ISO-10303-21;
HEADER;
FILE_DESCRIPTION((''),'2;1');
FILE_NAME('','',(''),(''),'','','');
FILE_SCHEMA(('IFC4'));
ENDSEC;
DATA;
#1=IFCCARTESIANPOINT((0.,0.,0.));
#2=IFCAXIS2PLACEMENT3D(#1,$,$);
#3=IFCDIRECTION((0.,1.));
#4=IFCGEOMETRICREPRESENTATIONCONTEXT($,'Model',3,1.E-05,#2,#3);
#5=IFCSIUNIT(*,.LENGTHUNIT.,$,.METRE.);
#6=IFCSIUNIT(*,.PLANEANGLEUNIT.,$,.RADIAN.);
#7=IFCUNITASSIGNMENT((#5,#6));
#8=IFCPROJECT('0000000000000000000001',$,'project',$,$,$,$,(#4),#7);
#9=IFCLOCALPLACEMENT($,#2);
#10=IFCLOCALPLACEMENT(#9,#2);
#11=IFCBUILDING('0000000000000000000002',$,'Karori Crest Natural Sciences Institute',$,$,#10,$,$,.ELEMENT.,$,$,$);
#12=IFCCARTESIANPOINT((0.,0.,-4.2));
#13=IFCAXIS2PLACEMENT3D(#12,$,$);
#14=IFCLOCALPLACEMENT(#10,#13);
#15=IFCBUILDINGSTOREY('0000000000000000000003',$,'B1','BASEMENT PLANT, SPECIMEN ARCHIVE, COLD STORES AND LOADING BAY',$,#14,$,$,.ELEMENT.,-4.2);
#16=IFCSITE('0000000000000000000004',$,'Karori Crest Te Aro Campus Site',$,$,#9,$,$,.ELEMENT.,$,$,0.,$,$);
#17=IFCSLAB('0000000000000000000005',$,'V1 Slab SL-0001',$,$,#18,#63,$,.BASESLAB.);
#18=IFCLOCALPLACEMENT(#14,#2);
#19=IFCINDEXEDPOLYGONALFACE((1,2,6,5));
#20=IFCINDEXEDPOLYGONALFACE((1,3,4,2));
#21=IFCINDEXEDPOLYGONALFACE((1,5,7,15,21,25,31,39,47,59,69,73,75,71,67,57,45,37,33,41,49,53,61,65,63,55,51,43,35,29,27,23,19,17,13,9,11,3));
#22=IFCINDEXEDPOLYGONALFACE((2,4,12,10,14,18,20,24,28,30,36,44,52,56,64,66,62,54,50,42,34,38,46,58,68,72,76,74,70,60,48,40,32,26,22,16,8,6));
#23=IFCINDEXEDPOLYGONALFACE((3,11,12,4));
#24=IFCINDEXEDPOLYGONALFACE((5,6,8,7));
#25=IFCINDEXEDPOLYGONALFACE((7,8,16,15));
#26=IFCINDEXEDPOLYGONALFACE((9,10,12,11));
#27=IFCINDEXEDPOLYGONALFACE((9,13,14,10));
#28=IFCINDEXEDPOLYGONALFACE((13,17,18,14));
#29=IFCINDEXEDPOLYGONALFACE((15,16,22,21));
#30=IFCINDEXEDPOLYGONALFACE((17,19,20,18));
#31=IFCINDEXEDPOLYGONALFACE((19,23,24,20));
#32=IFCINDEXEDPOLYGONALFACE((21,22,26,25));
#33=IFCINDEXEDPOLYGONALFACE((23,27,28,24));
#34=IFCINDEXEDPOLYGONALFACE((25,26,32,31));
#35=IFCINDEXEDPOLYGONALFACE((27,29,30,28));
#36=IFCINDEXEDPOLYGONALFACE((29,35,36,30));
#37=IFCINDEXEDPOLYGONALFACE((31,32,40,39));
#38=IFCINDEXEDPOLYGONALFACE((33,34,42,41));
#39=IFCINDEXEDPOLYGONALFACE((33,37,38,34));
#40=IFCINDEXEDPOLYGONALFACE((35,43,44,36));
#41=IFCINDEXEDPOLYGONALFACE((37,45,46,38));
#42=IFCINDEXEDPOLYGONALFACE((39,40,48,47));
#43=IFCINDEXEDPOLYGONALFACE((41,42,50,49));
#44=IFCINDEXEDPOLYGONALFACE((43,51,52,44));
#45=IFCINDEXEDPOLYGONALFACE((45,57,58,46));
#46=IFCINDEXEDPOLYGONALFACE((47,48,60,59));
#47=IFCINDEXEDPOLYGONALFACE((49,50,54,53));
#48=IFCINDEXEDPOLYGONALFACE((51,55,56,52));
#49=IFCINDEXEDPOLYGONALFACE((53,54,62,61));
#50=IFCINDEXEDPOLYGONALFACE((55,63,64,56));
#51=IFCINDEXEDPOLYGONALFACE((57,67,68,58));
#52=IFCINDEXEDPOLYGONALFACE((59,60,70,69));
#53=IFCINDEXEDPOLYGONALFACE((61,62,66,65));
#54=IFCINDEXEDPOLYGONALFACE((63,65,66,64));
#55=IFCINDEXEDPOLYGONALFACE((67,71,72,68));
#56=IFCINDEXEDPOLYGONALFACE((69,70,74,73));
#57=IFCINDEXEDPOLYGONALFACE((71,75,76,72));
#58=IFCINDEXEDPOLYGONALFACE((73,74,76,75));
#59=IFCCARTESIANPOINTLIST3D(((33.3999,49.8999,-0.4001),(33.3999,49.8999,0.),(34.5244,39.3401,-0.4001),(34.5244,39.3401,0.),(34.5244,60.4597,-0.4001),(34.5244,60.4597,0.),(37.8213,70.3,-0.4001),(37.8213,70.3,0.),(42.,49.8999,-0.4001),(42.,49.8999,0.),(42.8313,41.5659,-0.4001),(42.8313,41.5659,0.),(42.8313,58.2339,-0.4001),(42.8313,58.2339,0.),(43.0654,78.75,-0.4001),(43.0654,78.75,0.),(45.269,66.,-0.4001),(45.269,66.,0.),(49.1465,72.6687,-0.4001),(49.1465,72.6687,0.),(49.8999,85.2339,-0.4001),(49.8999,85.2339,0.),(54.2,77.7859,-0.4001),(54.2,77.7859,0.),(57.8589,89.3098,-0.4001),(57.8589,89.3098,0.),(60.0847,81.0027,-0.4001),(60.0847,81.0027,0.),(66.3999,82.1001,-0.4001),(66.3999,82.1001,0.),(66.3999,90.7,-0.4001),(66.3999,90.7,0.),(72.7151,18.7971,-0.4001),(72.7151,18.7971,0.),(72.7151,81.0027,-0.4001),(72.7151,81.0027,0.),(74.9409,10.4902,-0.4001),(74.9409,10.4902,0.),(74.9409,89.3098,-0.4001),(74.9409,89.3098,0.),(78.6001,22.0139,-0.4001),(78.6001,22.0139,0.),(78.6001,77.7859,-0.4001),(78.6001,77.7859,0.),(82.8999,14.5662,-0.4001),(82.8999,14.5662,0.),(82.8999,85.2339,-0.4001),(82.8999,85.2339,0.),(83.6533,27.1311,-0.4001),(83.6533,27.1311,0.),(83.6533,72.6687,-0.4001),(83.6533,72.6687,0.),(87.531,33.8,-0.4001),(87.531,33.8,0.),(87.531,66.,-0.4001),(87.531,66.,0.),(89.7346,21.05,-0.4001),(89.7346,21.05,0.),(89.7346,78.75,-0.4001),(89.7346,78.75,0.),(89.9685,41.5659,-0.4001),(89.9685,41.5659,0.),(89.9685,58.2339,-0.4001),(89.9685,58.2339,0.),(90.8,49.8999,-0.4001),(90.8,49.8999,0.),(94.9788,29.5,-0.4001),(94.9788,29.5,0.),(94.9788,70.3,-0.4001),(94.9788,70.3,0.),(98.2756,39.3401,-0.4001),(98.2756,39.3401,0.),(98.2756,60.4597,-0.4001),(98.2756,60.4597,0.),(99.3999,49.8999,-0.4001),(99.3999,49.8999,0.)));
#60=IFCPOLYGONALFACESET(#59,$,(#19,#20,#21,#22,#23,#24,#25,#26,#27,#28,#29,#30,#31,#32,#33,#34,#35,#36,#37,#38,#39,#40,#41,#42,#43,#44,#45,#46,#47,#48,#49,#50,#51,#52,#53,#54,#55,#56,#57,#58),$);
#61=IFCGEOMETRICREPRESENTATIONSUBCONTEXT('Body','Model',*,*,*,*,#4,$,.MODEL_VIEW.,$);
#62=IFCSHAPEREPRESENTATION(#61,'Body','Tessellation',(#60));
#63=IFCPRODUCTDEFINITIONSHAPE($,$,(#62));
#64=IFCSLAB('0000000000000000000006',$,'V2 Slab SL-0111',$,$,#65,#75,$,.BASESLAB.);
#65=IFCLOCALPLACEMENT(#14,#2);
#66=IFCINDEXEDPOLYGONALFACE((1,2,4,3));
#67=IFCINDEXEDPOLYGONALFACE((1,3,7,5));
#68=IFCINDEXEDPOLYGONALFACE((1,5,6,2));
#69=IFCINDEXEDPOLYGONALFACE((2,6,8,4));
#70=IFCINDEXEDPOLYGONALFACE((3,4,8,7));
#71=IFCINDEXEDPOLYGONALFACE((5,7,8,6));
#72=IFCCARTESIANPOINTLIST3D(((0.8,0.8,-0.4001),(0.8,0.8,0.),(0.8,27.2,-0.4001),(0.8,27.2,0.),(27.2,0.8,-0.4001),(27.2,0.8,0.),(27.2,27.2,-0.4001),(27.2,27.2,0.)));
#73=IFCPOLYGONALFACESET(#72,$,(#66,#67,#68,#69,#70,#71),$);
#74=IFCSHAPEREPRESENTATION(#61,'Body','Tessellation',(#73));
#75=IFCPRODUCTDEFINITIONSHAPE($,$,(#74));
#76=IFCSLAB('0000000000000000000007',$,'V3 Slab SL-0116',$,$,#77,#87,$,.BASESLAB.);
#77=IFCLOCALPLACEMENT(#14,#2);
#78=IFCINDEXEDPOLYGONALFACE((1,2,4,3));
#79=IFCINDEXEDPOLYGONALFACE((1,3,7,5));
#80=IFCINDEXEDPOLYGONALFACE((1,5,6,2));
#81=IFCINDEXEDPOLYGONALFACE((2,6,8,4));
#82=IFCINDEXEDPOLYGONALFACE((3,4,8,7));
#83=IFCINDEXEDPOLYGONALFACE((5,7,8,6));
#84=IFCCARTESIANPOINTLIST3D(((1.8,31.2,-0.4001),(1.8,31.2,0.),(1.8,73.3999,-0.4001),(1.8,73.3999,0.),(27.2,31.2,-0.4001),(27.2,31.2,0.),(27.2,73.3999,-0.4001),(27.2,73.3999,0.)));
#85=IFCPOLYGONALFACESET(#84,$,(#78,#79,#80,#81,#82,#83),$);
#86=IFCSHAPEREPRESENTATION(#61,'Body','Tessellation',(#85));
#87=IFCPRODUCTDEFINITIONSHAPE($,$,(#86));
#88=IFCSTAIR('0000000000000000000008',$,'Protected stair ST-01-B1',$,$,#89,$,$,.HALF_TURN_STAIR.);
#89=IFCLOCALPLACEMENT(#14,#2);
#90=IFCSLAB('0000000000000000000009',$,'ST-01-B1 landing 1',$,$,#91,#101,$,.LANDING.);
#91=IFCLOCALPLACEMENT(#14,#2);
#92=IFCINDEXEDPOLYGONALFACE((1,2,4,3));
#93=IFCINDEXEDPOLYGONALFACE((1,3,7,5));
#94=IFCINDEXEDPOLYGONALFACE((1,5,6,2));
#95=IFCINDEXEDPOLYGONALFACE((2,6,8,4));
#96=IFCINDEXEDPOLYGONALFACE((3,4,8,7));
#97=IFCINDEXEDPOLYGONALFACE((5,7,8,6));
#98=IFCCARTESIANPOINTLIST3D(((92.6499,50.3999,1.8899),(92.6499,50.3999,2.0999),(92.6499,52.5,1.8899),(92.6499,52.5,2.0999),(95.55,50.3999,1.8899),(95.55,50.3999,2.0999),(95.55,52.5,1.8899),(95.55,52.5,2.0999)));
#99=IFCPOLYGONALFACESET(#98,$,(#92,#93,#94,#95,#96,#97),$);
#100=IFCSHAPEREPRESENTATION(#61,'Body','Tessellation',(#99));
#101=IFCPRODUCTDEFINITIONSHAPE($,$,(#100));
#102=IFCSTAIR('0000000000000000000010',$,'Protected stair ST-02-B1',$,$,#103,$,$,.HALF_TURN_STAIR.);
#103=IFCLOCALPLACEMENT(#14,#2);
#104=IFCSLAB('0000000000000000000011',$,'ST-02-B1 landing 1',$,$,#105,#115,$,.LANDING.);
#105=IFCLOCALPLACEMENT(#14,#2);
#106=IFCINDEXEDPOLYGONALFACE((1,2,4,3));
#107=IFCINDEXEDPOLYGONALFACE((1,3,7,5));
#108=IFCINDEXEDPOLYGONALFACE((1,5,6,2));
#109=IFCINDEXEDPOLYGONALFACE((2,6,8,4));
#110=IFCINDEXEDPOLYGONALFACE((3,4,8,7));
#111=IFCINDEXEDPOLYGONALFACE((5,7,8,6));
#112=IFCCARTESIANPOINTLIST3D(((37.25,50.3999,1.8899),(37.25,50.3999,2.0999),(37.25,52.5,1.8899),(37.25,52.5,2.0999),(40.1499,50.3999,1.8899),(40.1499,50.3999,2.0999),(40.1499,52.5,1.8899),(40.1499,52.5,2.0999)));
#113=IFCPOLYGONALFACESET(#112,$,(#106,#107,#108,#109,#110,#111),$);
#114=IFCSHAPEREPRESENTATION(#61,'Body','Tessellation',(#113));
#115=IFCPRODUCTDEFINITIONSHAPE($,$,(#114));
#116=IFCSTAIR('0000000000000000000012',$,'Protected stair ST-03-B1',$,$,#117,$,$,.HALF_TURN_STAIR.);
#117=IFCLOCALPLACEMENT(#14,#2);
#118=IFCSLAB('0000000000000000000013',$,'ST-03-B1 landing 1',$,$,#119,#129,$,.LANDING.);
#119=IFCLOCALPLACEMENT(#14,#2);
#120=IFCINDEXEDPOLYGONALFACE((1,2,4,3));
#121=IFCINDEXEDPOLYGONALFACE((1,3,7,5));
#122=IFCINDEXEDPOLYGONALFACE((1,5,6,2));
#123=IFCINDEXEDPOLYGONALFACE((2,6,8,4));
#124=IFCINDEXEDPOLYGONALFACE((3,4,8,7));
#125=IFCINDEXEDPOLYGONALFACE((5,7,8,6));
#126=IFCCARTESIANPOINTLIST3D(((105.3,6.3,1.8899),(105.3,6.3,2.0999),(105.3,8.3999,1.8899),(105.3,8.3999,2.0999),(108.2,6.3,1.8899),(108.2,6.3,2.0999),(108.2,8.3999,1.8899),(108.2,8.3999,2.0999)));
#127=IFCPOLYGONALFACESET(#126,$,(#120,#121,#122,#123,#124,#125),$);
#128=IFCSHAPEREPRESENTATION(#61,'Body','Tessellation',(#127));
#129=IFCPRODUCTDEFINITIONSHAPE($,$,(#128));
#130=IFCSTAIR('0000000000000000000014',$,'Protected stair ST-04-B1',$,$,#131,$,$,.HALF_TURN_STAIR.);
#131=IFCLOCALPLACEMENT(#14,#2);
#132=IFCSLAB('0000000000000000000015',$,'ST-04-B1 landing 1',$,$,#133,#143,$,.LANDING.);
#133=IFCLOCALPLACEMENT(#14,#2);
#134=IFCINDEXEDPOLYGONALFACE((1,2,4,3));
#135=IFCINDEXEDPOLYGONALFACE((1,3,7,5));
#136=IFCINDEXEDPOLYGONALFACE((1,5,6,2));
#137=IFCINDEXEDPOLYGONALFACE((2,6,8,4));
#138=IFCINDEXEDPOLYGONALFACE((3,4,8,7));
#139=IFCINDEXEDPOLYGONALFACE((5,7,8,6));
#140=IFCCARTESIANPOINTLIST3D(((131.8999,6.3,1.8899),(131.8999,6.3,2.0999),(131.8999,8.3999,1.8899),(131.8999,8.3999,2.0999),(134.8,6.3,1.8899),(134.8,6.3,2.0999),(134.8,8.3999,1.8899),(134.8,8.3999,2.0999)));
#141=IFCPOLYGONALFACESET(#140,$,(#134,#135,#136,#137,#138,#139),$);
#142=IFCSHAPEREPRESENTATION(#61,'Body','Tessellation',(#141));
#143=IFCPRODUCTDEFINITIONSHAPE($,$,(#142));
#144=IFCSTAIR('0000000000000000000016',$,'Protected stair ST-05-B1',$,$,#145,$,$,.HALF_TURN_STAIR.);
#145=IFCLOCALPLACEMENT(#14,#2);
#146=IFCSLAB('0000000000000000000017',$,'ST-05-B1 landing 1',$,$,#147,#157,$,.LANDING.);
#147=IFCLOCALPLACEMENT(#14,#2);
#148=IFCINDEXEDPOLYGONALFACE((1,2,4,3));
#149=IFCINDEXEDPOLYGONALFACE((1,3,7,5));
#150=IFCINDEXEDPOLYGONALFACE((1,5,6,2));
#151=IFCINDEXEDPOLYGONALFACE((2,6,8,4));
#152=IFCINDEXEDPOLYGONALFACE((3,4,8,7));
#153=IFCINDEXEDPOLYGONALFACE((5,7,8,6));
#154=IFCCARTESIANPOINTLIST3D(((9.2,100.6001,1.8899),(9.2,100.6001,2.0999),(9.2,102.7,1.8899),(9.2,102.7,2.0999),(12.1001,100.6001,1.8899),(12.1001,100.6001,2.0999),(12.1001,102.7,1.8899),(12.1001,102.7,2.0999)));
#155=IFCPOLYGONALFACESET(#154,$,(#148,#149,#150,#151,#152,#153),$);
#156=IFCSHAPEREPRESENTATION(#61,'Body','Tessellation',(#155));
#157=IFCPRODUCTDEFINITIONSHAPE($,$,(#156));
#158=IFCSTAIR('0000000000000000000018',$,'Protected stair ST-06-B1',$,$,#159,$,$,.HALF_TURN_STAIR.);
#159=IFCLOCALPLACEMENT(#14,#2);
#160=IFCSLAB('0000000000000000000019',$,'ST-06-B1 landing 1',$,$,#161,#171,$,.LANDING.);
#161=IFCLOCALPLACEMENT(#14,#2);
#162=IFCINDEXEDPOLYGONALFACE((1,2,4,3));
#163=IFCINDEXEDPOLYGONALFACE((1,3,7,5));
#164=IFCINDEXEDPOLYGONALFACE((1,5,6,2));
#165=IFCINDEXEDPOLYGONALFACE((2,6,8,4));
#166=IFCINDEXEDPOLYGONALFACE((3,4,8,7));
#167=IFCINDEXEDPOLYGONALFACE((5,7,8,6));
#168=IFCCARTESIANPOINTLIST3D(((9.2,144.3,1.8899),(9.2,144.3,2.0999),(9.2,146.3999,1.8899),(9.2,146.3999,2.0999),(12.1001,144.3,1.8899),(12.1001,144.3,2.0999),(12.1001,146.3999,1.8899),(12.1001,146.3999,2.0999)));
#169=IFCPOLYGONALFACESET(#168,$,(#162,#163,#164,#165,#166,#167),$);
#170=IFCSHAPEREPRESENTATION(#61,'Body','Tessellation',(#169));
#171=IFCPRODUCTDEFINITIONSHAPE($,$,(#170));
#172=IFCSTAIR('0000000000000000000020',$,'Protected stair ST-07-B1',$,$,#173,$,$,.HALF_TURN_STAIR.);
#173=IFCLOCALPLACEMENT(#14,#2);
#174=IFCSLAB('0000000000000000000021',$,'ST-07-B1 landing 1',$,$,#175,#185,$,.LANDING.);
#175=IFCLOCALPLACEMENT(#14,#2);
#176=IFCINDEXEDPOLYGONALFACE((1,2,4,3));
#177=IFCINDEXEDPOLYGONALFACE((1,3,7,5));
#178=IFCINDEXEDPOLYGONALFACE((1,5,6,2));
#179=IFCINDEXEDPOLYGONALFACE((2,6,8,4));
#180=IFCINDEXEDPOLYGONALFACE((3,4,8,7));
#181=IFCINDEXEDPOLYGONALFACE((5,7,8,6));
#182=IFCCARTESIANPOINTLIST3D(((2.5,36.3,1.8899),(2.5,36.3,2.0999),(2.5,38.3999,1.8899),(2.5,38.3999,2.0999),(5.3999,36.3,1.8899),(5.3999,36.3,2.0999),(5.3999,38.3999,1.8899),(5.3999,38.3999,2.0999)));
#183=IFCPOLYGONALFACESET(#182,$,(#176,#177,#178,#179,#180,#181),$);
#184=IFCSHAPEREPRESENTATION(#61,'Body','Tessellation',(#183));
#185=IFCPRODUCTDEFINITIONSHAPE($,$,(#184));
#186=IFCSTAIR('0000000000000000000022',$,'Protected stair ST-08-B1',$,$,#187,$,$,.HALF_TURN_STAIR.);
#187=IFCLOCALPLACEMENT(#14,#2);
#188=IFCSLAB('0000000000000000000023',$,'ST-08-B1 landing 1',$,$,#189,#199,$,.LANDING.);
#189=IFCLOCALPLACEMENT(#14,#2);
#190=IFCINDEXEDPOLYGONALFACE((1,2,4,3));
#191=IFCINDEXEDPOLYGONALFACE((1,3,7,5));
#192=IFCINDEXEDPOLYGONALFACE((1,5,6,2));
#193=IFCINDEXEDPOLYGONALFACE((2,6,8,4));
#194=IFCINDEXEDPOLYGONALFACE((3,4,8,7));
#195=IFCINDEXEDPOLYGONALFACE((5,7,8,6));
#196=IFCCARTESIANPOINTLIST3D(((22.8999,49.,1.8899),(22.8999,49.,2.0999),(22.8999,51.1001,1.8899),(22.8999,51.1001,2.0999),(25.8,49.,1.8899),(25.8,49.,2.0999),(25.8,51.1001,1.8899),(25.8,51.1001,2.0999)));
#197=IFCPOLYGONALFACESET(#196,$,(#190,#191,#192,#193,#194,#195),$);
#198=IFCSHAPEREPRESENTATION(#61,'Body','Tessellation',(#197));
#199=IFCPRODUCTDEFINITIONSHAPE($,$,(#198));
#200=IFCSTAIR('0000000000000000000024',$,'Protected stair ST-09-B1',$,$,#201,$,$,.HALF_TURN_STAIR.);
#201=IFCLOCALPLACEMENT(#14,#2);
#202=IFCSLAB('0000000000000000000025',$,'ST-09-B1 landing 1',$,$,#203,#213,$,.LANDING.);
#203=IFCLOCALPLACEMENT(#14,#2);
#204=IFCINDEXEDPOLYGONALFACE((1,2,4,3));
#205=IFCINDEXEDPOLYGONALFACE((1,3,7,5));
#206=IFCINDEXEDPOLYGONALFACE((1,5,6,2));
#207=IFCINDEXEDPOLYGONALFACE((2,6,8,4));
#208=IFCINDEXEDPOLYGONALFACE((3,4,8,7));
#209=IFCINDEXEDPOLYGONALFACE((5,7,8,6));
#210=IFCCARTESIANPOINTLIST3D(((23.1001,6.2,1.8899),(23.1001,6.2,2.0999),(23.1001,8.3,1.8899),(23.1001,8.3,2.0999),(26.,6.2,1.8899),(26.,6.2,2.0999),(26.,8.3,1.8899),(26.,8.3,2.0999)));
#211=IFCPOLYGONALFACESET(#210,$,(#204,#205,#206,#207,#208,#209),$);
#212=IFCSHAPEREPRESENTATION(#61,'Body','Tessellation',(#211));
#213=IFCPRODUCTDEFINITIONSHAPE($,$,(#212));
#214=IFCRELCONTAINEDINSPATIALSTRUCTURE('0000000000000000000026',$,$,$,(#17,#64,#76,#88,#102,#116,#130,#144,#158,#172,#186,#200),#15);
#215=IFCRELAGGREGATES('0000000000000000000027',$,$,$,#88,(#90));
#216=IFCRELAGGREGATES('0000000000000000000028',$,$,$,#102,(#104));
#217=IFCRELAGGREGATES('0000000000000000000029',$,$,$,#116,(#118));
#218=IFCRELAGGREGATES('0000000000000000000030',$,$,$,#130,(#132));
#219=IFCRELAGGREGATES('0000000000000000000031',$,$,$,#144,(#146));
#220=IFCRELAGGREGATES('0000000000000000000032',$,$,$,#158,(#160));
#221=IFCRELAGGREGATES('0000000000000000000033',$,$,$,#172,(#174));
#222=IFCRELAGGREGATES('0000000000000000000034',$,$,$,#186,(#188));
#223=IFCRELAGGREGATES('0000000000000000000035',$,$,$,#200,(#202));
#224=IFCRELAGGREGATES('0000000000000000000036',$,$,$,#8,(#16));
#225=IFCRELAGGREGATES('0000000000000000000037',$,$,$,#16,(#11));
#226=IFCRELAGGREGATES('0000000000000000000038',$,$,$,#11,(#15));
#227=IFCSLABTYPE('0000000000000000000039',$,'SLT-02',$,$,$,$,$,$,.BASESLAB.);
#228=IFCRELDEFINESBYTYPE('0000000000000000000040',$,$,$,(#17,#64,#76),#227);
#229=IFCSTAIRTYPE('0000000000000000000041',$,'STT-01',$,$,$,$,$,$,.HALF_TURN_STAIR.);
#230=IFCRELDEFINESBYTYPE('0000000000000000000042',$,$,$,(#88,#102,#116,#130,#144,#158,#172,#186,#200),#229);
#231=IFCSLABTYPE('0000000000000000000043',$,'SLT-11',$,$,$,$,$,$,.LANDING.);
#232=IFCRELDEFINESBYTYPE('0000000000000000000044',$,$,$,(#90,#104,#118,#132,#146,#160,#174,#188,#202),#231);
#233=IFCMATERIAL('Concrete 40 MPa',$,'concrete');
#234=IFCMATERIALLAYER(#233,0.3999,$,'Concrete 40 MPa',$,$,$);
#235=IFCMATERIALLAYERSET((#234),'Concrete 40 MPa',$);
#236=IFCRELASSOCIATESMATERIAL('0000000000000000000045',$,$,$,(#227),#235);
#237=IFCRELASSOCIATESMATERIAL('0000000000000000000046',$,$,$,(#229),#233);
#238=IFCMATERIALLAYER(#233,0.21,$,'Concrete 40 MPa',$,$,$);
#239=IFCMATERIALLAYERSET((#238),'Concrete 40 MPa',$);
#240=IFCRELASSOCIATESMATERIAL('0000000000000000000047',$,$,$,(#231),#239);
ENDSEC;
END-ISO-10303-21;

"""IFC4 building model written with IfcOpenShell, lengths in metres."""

from ifc_helpers import new_model, si_unit, direction, frame, origin, place, context, subcontext, project, spatial, polyline, outline, extrude, material, layer, layer_set, type_object, element, aggregate, save


model = new_model("IFC4")

# Units and contexts
model_context = context("Model", 3, precision=1e-05, world=origin(), true_north=direction((0.0, 1.0)))
body_context = subcontext(model_context, "Body", "Model", "MODEL_VIEW")
ifc_project = project(units=[si_unit("LENGTHUNIT", "METRE"), si_unit("PLANEANGLEUNIT", "RADIAN")], contexts=[model_context])

# Site, building, storey
site_placement = place(None, origin())
site = spatial("IfcSite", under=ifc_project, at=site_placement, Name="Karori Crest Te Aro Campus Site", CompositionType="ELEMENT", RefElevation=0.0)
building_placement = place(site_placement, origin())
building = spatial("IfcBuilding", under=site, at=building_placement, Name="Karori Crest Natural Sciences Institute", CompositionType="ELEMENT")
storey_placement = place(building_placement, frame((0.0, 0.0, -4.2)))
storey = spatial("IfcBuildingStorey", under=building, at=storey_placement, Name="B1", Description="BASEMENT PLANT, SPECIMEN ARCHIVE, COLD STORES AND LOADING BAY", CompositionType="ELEMENT", Elevation=-4.2)

# Shared definitions
ifc_material_1 = material(Name="Concrete 40 MPa", Category="concrete")

# Slabs
ifc_layer_1 = layer(ifc_material_1, 0.3999, Name="Concrete 40 MPa")
ifc_layer_set_1 = layer_set([ifc_layer_1], Name="Concrete 40 MPa")
slab_type_1 = type_object("IfcSlabType", Name="SLT-02", PredefinedType="BASESLAB", material=ifc_layer_set_1)
slab_1_placement = place(storey_placement, frame((0.0, 0.0, -0.4001)))
element("IfcSlab", 1, at=slab_1_placement, inside=storey, type_object=slab_type_1, Name="V1 Slab SL-0001", PredefinedType="BASESLAB", context=body_context, shape_type="SweptSolid", body=[
    extrude(outline(polyline([(74.9409, 10.4902), (82.8999, 14.5662), (89.7346, 21.05), (94.9788, 29.5), (98.2756, 39.3401), (99.3999, 49.8999), (98.2756, 60.4597), (94.9788, 70.3), (89.7346, 78.75), (82.8999, 85.2339), (74.9409, 89.3098), (66.3999, 90.7), (57.8589, 89.3098), (49.8999, 85.2339), (43.0654, 78.75), (37.8213, 70.3), (34.5244, 60.4597), (33.3999, 49.8999), (34.5244, 39.3401), (42.8313, 41.5659), (42.0, 49.8999), (42.8313, 58.2339), (45.269, 66.0), (49.1465, 72.6687), (54.2, 77.7859), (60.0847, 81.0027), (66.3999, 82.1001), (72.7151, 81.0027), (78.6001, 77.7859), (83.6533, 72.6687), (87.531, 66.0), (89.9685, 58.2339), (90.8, 49.8999), (89.9685, 41.5659), (87.531, 33.8), (83.6533, 27.1311), (78.6001, 22.0139), (72.7151, 18.7971), (74.9409, 10.4902)])), origin(), (0.0, 0.0, 1.0), 0.4001),
])
slab_2_placement = place(storey_placement, frame((0.0, 0.0, -0.4001)))
element("IfcSlab", 2, at=slab_2_placement, inside=storey, type_object=slab_type_1, Name="V2 Slab SL-0111", PredefinedType="BASESLAB", context=body_context, shape_type="SweptSolid", body=[
    extrude(outline(polyline([(0.8, 0.8), (27.2, 0.8), (27.2, 27.2), (0.8, 27.2), (0.8, 0.8)])), origin(), (0.0, 0.0, 1.0), 0.4001),
])
slab_3_placement = place(storey_placement, frame((0.0, 0.0, -0.4001)))
element("IfcSlab", 3, at=slab_3_placement, inside=storey, type_object=slab_type_1, Name="V3 Slab SL-0116", PredefinedType="BASESLAB", context=body_context, shape_type="SweptSolid", body=[
    extrude(outline(polyline([(1.8, 31.2), (27.2, 31.2), (27.2, 73.3999), (1.8, 73.3999), (1.8, 31.2)])), origin(), (0.0, 0.0, 1.0), 0.4001),
])

# Stairs, slabs
stair_type = type_object("IfcStairType", Name="STT-01", PredefinedType="HALF_TURN_STAIR", material=ifc_material_1)
stair_1_placement = place(storey_placement, origin())
stair_1 = element("IfcStair", 4, at=stair_1_placement, inside=storey, type_object=stair_type, Name="Protected stair ST-01-B1", PredefinedType="HALF_TURN_STAIR")
ifc_layer_2 = layer(ifc_material_1, 0.21, Name="Concrete 40 MPa")
ifc_layer_set_2 = layer_set([ifc_layer_2], Name="Concrete 40 MPa")
slab_type_2 = type_object("IfcSlabType", Name="SLT-11", PredefinedType="LANDING", material=ifc_layer_set_2)
slab_4_placement = place(storey_placement, frame((0.0, 0.0, 1.8899)))
slab_4 = element("IfcSlab", 5, at=slab_4_placement, type_object=slab_type_2, Name="ST-01-B1 landing 1", PredefinedType="LANDING", context=body_context, shape_type="SweptSolid", body=[
    extrude(outline(polyline([(95.55, 50.3999), (95.55, 52.5), (92.6499, 52.5), (92.6499, 50.3999), (95.55, 50.3999)])), origin(), (0.0, 0.0, 1.0), 0.21),
])
aggregate(stair_1, [slab_4])
stair_2_placement = place(storey_placement, origin())
stair_2 = element("IfcStair", 6, at=stair_2_placement, inside=storey, type_object=stair_type, Name="Protected stair ST-02-B1", PredefinedType="HALF_TURN_STAIR")
slab_5_placement = place(storey_placement, frame((0.0, 0.0, 1.8899)))
slab_5 = element("IfcSlab", 7, at=slab_5_placement, type_object=slab_type_2, Name="ST-02-B1 landing 1", PredefinedType="LANDING", context=body_context, shape_type="SweptSolid", body=[
    extrude(outline(polyline([(40.1499, 50.3999), (40.1499, 52.5), (37.25, 52.5), (37.25, 50.3999), (40.1499, 50.3999)])), origin(), (0.0, 0.0, 1.0), 0.21),
])
aggregate(stair_2, [slab_5])
stair_3_placement = place(storey_placement, origin())
stair_3 = element("IfcStair", 8, at=stair_3_placement, inside=storey, type_object=stair_type, Name="Protected stair ST-03-B1", PredefinedType="HALF_TURN_STAIR")
slab_6_placement = place(storey_placement, frame((0.0, 0.0, 1.8899)))
slab_6 = element("IfcSlab", 9, at=slab_6_placement, type_object=slab_type_2, Name="ST-03-B1 landing 1", PredefinedType="LANDING", context=body_context, shape_type="SweptSolid", body=[
    extrude(outline(polyline([(108.2, 6.3), (108.2, 8.3999), (105.3, 8.3999), (105.3, 6.3), (108.2, 6.3)])), origin(), (0.0, 0.0, 1.0), 0.21),
])
aggregate(stair_3, [slab_6])
stair_4_placement = place(storey_placement, origin())
stair_4 = element("IfcStair", 10, at=stair_4_placement, inside=storey, type_object=stair_type, Name="Protected stair ST-04-B1", PredefinedType="HALF_TURN_STAIR")
slab_7_placement = place(storey_placement, frame((0.0, 0.0, 1.8899)))
slab_7 = element("IfcSlab", 11, at=slab_7_placement, type_object=slab_type_2, Name="ST-04-B1 landing 1", PredefinedType="LANDING", context=body_context, shape_type="SweptSolid", body=[
    extrude(outline(polyline([(134.8, 6.3), (134.8, 8.3999), (131.8999, 8.3999), (131.8999, 6.3), (134.8, 6.3)])), origin(), (0.0, 0.0, 1.0), 0.21),
])
aggregate(stair_4, [slab_7])
stair_5_placement = place(storey_placement, origin())
stair_5 = element("IfcStair", 12, at=stair_5_placement, inside=storey, type_object=stair_type, Name="Protected stair ST-05-B1", PredefinedType="HALF_TURN_STAIR")
slab_8_placement = place(storey_placement, frame((0.0, 0.0, 1.8899)))
slab_8 = element("IfcSlab", 13, at=slab_8_placement, type_object=slab_type_2, Name="ST-05-B1 landing 1", PredefinedType="LANDING", context=body_context, shape_type="SweptSolid", body=[
    extrude(outline(polyline([(12.1001, 100.6001), (12.1001, 102.7), (9.2, 102.7), (9.2, 100.6001), (12.1001, 100.6001)])), origin(), (0.0, 0.0, 1.0), 0.21),
])
aggregate(stair_5, [slab_8])
stair_6_placement = place(storey_placement, origin())
stair_6 = element("IfcStair", 14, at=stair_6_placement, inside=storey, type_object=stair_type, Name="Protected stair ST-06-B1", PredefinedType="HALF_TURN_STAIR")
slab_9_placement = place(storey_placement, frame((0.0, 0.0, 1.8899)))
slab_9 = element("IfcSlab", 15, at=slab_9_placement, type_object=slab_type_2, Name="ST-06-B1 landing 1", PredefinedType="LANDING", context=body_context, shape_type="SweptSolid", body=[
    extrude(outline(polyline([(12.1001, 144.3), (12.1001, 146.3999), (9.2, 146.3999), (9.2, 144.3), (12.1001, 144.3)])), origin(), (0.0, 0.0, 1.0), 0.21),
])
aggregate(stair_6, [slab_9])
stair_7_placement = place(storey_placement, origin())
stair_7 = element("IfcStair", 16, at=stair_7_placement, inside=storey, type_object=stair_type, Name="Protected stair ST-07-B1", PredefinedType="HALF_TURN_STAIR")
slab_10_placement = place(storey_placement, frame((0.0, 0.0, 1.8899)))
slab_10 = element("IfcSlab", 17, at=slab_10_placement, type_object=slab_type_2, Name="ST-07-B1 landing 1", PredefinedType="LANDING", context=body_context, shape_type="SweptSolid", body=[
    extrude(outline(polyline([(5.3999, 36.3), (5.3999, 38.3999), (2.5, 38.3999), (2.5, 36.3), (5.3999, 36.3)])), origin(), (0.0, 0.0, 1.0), 0.21),
])
aggregate(stair_7, [slab_10])
stair_8_placement = place(storey_placement, origin())
stair_8 = element("IfcStair", 18, at=stair_8_placement, inside=storey, type_object=stair_type, Name="Protected stair ST-08-B1", PredefinedType="HALF_TURN_STAIR")
slab_11_placement = place(storey_placement, frame((0.0, 0.0, 1.8899)))
slab_11 = element("IfcSlab", 19, at=slab_11_placement, type_object=slab_type_2, Name="ST-08-B1 landing 1", PredefinedType="LANDING", context=body_context, shape_type="SweptSolid", body=[
    extrude(outline(polyline([(25.8, 49.0), (25.8, 51.1001), (22.8999, 51.1001), (22.8999, 49.0), (25.8, 49.0)])), origin(), (0.0, 0.0, 1.0), 0.21),
])
aggregate(stair_8, [slab_11])
stair_9_placement = place(storey_placement, origin())
stair_9 = element("IfcStair", 20, at=stair_9_placement, inside=storey, type_object=stair_type, Name="Protected stair ST-09-B1", PredefinedType="HALF_TURN_STAIR")
slab_12_placement = place(storey_placement, frame((0.0, 0.0, 1.8899)))
slab_12 = element("IfcSlab", 21, at=slab_12_placement, type_object=slab_type_2, Name="ST-09-B1 landing 1", PredefinedType="LANDING", context=body_context, shape_type="SweptSolid", body=[
    extrude(outline(polyline([(26.0, 6.2), (26.0, 8.3), (23.1001, 8.3), (23.1001, 6.2), (26.0, 6.2)])), origin(), (0.0, 0.0, 1.0), 0.21),
])
aggregate(stair_9, [slab_12])

save(model, "model.ifc")
